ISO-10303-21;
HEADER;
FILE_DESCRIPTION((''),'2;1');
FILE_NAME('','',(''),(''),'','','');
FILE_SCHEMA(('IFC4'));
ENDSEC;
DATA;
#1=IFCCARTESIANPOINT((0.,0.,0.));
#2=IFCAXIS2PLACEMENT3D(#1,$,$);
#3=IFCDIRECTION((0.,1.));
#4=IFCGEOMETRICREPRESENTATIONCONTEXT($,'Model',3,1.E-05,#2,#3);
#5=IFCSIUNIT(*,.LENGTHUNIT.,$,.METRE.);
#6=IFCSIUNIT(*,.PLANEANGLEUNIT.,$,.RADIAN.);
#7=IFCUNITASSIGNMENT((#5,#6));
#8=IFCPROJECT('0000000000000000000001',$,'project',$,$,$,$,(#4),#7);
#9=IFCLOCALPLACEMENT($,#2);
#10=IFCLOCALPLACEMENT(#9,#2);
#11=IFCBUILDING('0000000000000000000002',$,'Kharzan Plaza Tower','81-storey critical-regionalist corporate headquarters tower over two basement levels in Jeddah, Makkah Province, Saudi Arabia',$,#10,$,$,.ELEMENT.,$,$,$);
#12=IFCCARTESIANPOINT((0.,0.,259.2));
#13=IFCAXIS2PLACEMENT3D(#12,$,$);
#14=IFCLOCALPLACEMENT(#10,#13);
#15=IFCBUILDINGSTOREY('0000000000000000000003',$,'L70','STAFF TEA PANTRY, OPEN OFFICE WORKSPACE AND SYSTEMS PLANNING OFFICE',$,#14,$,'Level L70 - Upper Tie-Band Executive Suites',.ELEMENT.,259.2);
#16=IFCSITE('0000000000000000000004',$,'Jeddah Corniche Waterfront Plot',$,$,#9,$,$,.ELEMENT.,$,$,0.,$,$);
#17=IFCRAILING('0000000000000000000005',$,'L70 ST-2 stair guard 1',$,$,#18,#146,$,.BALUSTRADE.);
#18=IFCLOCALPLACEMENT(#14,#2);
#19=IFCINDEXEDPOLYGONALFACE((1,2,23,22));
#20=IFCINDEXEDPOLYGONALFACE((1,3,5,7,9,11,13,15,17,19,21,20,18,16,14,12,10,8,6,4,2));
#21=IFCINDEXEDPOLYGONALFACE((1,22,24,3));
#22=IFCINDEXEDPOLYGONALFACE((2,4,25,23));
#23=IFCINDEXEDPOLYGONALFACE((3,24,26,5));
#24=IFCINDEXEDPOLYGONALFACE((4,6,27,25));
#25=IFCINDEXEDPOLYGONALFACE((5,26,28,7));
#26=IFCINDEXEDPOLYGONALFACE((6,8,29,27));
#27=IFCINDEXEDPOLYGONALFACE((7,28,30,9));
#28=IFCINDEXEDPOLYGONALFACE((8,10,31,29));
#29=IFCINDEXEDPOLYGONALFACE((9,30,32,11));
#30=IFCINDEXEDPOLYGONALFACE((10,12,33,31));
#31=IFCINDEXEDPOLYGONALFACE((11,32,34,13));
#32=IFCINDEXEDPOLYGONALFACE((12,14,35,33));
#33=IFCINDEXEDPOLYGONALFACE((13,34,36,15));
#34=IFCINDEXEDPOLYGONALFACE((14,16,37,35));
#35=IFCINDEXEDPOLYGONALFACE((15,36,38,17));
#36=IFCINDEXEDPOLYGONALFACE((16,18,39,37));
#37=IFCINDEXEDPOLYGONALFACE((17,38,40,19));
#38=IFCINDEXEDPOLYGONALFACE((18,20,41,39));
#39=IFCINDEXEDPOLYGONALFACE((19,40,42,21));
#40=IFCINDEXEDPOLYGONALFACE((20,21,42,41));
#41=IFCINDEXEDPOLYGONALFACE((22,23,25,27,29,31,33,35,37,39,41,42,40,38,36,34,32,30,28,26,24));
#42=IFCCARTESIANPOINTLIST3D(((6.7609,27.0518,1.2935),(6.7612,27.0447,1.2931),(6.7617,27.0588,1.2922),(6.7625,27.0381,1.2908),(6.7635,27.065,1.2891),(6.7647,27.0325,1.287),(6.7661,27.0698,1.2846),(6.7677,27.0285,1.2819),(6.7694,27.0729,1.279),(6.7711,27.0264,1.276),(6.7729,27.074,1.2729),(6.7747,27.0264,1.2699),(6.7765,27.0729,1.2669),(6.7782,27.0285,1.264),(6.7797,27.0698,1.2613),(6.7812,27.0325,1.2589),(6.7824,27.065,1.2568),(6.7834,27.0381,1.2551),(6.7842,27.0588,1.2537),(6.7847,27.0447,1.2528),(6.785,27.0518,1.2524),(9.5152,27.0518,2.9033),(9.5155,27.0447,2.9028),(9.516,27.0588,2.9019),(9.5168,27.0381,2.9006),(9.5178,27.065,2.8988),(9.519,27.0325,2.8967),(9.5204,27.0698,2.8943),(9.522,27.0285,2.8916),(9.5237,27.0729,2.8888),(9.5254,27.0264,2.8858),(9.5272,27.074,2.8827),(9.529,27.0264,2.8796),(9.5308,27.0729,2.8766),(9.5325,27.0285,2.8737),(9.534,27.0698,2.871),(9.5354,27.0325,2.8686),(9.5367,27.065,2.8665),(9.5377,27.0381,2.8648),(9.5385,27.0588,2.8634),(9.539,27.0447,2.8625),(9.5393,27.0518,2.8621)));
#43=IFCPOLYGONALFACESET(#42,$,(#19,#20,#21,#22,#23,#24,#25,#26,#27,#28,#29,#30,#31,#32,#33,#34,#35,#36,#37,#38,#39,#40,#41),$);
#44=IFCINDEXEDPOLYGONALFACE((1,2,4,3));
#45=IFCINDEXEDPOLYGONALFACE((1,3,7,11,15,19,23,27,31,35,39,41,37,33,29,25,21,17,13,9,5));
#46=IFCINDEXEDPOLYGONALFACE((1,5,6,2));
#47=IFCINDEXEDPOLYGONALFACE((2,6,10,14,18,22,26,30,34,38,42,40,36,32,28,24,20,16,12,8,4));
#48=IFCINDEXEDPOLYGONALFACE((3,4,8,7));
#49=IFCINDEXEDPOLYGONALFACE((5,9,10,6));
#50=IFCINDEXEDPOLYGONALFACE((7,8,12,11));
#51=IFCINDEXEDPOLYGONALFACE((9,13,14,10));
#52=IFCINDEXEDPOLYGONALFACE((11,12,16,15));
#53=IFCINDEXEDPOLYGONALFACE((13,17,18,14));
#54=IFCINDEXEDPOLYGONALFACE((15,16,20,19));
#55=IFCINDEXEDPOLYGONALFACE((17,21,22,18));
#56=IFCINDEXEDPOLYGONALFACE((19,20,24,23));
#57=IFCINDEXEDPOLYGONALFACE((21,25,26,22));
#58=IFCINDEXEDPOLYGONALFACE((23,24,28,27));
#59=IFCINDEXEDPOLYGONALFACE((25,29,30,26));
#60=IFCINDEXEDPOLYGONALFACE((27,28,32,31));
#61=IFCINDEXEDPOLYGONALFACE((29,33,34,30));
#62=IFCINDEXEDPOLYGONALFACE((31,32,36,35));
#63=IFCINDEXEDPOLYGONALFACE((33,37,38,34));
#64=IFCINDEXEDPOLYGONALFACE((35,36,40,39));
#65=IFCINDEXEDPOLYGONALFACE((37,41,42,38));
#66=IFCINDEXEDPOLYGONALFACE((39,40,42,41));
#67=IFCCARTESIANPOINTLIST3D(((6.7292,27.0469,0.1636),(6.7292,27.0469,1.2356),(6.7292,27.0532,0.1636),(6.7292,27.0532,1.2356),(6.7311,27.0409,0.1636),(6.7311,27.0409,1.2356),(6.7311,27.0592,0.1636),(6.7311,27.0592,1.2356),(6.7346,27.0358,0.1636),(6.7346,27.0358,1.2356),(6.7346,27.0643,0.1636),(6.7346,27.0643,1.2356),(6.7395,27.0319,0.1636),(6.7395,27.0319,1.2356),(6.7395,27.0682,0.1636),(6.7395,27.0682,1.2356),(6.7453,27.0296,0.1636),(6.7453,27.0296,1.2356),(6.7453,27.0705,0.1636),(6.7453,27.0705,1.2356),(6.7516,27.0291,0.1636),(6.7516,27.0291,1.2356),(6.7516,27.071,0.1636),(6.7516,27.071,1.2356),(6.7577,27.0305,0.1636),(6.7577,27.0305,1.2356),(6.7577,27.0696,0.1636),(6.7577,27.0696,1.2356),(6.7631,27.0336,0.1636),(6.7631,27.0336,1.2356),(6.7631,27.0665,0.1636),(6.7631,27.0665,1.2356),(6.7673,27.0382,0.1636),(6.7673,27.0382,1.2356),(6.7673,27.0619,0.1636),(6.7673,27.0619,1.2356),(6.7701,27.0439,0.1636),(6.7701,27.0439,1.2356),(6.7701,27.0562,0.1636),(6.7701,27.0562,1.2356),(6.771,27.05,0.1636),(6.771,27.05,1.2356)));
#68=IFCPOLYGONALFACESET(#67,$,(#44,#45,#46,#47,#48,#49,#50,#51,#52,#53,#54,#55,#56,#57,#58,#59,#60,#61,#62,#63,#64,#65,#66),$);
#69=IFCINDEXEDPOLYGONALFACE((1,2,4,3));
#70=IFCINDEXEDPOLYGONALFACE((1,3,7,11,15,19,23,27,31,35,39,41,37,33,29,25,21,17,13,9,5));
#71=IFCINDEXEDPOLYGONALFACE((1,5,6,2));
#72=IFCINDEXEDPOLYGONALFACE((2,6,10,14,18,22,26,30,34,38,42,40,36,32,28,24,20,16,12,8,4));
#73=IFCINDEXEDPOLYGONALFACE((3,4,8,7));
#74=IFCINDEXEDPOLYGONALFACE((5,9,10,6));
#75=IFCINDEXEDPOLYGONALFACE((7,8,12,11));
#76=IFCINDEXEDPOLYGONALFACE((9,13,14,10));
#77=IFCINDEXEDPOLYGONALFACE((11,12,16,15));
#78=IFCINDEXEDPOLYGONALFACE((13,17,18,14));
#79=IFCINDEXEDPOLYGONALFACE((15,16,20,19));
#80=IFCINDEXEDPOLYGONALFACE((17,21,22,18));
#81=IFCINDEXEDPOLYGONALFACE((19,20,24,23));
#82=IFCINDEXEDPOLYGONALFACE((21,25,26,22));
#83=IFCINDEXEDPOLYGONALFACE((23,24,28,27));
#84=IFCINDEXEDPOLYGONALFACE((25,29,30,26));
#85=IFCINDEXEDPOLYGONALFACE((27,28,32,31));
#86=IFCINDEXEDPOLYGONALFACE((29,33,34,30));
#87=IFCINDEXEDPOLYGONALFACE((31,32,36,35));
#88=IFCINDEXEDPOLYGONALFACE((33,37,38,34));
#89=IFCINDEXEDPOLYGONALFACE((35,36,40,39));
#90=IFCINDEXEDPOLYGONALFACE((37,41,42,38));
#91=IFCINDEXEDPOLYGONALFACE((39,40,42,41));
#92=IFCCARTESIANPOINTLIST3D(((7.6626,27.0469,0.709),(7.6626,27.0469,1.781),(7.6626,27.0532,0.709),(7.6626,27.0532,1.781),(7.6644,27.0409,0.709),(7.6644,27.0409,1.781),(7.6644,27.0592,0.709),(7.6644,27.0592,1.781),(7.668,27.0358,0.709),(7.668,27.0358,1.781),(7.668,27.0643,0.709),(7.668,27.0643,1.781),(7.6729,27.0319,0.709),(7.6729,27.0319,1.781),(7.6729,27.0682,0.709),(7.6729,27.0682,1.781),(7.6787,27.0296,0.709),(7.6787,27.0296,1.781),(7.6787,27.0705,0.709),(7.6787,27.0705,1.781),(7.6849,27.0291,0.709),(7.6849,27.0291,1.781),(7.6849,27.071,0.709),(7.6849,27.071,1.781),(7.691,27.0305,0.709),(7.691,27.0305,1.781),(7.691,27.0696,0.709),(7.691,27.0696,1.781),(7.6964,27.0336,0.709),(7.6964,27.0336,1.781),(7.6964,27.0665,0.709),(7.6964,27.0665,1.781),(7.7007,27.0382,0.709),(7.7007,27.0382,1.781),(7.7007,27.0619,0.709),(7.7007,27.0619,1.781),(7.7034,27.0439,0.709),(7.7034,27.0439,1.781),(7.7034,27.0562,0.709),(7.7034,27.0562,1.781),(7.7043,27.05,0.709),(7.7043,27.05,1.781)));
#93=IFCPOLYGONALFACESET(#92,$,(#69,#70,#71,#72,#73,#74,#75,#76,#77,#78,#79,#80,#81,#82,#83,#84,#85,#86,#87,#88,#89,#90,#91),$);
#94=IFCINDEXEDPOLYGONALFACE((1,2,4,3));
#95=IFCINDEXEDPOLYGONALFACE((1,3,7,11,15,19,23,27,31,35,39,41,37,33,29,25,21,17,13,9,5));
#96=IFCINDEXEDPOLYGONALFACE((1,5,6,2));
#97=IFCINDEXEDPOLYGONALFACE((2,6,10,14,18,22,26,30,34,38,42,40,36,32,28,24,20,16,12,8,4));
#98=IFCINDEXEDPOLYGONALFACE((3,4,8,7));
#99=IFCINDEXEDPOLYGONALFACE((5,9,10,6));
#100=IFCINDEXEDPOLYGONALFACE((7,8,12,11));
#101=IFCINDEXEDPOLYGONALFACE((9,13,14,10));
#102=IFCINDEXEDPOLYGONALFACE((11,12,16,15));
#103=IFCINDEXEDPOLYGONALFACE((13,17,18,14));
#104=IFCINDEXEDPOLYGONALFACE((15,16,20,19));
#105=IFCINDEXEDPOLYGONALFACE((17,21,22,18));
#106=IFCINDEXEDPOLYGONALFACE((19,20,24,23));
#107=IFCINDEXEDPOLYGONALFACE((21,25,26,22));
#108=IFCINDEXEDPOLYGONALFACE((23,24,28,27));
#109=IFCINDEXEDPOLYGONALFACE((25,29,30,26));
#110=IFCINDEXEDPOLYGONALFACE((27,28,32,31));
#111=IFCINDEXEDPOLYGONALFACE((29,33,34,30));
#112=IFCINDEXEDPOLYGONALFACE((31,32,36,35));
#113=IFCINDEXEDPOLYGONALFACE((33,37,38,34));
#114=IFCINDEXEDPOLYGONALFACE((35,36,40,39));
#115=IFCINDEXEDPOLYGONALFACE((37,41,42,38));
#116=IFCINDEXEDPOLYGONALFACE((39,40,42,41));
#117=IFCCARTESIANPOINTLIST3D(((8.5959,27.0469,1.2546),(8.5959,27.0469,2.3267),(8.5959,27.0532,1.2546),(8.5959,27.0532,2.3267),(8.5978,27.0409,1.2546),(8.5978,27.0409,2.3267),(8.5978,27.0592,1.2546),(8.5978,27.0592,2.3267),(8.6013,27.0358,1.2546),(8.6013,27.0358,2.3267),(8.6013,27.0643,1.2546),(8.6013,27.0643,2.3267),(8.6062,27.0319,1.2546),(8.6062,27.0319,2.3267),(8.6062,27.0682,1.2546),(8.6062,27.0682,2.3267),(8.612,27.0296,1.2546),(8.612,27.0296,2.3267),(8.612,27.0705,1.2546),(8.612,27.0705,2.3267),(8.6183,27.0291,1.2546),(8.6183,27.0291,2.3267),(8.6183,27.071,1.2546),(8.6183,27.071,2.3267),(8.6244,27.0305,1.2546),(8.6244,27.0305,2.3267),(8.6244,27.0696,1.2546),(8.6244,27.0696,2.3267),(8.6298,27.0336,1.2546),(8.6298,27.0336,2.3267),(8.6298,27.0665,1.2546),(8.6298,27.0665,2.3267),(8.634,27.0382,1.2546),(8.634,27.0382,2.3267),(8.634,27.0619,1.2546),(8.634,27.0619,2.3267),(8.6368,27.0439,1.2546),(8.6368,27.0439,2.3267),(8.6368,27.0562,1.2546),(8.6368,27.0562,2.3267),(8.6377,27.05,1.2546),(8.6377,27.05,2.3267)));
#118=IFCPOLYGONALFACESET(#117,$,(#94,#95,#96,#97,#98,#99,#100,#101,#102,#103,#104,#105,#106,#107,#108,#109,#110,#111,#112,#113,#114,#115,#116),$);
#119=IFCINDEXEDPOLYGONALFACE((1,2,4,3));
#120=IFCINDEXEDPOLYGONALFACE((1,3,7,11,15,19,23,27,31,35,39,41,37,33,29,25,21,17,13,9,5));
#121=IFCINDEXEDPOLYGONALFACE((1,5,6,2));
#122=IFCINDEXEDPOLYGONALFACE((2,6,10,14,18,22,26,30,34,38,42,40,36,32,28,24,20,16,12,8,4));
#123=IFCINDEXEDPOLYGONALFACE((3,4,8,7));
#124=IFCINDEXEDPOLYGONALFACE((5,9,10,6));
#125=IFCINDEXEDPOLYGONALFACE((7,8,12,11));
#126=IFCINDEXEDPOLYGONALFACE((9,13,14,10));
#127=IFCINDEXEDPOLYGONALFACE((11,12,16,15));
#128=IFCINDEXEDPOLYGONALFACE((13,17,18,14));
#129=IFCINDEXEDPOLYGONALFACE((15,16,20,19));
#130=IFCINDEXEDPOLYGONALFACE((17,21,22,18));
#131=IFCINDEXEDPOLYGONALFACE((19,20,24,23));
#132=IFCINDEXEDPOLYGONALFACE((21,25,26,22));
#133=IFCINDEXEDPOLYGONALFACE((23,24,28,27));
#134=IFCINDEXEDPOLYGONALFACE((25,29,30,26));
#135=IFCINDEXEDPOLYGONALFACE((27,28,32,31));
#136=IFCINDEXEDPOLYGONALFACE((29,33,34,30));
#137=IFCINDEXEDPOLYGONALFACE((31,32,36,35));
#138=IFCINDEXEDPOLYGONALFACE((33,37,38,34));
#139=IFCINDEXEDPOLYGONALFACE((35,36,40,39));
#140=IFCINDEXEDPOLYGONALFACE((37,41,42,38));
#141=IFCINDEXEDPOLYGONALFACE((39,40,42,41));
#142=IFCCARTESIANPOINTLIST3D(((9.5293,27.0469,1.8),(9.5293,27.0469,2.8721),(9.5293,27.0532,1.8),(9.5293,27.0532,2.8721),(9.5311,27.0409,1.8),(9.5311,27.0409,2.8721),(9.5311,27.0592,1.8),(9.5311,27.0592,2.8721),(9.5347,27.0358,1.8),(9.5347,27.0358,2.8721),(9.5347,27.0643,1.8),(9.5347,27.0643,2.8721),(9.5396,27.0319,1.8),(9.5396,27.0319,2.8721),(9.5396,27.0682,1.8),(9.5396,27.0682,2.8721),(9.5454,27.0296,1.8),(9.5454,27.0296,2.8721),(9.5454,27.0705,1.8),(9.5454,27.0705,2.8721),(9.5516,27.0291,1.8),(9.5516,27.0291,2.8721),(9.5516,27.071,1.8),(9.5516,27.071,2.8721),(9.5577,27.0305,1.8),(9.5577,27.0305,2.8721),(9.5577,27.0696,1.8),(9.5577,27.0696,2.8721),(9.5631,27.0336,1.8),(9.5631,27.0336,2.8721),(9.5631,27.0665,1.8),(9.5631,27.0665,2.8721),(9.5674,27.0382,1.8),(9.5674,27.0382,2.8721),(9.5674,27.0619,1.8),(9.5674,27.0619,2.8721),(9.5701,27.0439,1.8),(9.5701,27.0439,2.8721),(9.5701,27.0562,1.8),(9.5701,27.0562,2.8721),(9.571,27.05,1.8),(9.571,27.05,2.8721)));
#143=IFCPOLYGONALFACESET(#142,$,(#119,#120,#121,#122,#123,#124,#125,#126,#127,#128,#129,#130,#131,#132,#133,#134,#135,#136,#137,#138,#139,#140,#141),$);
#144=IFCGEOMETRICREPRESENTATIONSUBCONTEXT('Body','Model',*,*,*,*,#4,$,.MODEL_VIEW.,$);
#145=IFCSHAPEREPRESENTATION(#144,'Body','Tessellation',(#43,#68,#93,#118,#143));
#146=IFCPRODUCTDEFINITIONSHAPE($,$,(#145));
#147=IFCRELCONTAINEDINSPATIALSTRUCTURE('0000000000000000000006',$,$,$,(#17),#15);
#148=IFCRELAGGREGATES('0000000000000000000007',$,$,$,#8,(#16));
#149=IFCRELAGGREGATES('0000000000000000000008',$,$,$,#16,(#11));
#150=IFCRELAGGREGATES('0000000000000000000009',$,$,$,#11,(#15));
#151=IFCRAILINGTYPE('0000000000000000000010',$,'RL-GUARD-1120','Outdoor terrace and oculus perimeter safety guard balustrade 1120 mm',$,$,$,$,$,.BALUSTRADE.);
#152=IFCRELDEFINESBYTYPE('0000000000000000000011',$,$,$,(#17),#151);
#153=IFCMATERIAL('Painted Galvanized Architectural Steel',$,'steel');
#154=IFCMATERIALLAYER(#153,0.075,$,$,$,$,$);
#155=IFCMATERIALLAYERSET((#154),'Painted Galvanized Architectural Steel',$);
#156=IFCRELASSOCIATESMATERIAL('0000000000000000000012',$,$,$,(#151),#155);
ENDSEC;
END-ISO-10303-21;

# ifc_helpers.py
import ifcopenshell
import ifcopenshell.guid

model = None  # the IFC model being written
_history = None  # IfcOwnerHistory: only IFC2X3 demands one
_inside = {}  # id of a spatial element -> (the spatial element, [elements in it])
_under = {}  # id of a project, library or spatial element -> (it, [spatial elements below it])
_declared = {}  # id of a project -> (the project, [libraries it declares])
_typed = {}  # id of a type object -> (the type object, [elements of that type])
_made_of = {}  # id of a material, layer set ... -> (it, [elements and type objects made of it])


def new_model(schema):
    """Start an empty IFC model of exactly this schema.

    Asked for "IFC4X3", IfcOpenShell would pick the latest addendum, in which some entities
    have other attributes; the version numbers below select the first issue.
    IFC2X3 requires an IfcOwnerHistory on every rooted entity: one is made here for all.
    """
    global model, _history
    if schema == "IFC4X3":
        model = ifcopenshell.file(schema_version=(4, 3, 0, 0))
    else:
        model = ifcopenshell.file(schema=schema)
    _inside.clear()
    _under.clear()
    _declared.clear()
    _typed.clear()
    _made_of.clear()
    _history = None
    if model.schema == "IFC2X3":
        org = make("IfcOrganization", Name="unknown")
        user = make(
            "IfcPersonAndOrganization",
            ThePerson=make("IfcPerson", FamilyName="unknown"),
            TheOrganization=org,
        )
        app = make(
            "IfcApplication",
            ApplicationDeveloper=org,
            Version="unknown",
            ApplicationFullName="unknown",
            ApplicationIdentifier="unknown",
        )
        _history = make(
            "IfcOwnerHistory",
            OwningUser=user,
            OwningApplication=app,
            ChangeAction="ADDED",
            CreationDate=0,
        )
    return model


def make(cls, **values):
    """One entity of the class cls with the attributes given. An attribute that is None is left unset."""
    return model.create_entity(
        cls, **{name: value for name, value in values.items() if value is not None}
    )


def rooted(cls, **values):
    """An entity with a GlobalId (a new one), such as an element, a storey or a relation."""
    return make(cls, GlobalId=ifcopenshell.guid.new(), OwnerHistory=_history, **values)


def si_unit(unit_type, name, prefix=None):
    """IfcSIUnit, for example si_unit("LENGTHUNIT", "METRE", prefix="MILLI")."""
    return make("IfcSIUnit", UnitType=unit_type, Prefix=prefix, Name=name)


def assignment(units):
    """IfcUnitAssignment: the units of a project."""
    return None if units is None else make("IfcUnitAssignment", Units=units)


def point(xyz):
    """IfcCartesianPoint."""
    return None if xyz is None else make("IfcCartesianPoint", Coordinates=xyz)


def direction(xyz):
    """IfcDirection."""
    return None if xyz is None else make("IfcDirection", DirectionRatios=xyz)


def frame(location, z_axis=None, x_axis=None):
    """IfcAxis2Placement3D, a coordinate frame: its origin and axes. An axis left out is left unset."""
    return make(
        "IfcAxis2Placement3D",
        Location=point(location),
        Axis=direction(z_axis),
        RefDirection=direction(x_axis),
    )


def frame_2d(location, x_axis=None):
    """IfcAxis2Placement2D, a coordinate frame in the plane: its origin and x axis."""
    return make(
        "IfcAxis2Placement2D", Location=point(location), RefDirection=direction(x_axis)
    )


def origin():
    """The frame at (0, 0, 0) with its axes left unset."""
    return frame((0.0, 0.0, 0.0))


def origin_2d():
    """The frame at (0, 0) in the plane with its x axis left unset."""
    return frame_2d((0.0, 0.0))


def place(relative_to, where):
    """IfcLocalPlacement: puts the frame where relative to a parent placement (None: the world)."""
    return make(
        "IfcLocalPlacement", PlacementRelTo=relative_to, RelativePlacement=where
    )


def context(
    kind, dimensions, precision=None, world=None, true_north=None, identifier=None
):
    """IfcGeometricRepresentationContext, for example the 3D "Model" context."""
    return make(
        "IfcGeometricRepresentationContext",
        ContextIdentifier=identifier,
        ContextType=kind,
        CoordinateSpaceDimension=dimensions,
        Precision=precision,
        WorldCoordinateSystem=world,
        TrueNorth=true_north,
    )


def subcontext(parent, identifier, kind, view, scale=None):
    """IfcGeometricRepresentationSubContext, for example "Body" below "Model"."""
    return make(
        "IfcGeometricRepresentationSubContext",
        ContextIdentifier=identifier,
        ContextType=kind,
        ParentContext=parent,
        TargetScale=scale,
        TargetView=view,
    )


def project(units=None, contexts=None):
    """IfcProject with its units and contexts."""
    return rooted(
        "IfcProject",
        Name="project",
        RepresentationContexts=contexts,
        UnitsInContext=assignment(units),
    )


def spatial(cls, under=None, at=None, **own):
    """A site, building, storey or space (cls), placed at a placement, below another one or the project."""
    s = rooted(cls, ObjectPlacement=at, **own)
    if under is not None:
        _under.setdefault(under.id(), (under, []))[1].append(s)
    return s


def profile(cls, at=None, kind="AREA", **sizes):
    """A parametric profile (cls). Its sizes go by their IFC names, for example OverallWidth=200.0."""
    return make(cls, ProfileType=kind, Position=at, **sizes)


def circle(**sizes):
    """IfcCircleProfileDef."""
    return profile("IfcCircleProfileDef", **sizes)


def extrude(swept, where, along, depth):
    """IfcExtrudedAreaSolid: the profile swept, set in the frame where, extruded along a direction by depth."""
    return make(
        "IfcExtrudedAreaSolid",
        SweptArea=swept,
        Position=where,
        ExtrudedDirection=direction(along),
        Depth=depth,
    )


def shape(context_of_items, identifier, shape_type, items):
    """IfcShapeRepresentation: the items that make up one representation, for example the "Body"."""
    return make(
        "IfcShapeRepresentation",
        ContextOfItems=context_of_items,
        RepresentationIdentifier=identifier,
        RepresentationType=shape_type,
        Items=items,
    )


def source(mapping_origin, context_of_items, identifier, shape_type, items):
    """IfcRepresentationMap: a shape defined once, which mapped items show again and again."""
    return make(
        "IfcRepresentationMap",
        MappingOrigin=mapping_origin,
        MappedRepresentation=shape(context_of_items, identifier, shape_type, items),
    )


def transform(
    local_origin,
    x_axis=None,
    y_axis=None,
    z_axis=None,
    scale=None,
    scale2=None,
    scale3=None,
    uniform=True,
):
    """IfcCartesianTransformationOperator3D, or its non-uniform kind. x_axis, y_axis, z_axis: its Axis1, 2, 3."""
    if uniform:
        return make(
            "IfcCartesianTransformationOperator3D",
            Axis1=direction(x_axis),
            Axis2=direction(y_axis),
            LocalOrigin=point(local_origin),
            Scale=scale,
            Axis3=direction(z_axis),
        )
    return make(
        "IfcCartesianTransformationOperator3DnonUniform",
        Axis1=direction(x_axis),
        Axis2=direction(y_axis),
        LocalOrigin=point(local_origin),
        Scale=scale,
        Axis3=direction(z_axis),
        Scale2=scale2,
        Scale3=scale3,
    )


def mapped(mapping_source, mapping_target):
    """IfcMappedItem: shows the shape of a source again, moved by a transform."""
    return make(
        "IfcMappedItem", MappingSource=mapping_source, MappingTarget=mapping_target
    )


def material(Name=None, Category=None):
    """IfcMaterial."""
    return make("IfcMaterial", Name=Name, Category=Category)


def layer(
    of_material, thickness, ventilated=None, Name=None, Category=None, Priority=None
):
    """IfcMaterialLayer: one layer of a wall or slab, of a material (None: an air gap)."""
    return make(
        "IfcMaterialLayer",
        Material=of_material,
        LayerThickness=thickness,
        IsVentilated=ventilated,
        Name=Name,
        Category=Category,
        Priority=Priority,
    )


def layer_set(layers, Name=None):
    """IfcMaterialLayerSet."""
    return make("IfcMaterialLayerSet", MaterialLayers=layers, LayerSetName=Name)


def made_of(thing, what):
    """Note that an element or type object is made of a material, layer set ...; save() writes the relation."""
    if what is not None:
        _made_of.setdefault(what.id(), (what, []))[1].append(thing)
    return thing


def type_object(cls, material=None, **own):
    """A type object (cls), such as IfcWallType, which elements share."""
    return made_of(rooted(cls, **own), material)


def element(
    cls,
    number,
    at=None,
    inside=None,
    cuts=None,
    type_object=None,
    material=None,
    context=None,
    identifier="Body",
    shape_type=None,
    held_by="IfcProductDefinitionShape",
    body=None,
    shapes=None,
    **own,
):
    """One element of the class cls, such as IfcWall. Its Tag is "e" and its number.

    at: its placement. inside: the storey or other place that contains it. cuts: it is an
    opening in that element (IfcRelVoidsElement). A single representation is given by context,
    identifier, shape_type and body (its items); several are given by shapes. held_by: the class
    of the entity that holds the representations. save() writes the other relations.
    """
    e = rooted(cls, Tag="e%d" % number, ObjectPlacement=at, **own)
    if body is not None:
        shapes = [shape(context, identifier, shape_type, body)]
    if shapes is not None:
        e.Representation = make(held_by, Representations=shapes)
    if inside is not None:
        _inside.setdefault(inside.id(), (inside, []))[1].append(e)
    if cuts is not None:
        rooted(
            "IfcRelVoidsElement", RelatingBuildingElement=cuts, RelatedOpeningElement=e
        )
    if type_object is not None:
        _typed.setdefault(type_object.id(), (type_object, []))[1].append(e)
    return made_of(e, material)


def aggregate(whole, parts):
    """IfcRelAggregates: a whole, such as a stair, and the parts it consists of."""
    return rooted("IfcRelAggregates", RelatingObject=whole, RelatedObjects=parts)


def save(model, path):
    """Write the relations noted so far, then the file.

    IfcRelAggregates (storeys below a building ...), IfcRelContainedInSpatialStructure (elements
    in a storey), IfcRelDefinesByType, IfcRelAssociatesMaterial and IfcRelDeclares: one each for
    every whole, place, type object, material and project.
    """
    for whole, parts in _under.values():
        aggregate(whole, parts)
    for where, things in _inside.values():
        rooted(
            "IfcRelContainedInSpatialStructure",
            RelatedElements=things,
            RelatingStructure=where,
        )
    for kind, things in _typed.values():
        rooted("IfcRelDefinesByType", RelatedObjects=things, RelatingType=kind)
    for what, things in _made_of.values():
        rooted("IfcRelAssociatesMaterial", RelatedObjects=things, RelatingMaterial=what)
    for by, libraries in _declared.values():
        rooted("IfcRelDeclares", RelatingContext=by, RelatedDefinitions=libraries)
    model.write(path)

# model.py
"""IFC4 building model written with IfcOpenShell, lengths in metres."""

from ifc_helpers import new_model, si_unit, direction, frame, origin, origin_2d, place, context, subcontext, project, spatial, circle, extrude, source, transform, mapped, material, layer, layer_set, type_object, element, save


model = new_model("IFC4")

# Units and contexts
model_context = context("Model", 3, precision=1e-05, world=origin(), true_north=direction((0.0, 1.0)))
body_context = subcontext(model_context, "Body", "Model", "MODEL_VIEW")
ifc_project = project(units=[si_unit("LENGTHUNIT", "METRE"), si_unit("PLANEANGLEUNIT", "RADIAN")], contexts=[model_context])

# Site, building, storey
site_placement = place(None, origin())
site = spatial("IfcSite", under=ifc_project, at=site_placement, Name="Jeddah Corniche Waterfront Plot", CompositionType="ELEMENT", RefElevation=0.0)
building_placement = place(site_placement, origin())
building = spatial("IfcBuilding", under=site, at=building_placement, Name="Kharzan Plaza Tower", Description="81-storey critical-regionalist corporate headquarters tower over two basement levels in Jeddah, Makkah Province, Saudi Arabia", CompositionType="ELEMENT")
storey_placement = place(building_placement, frame((0.0, 0.0, 259.2)))
storey = spatial("IfcBuildingStorey", under=building, at=storey_placement, Name="L70", Description="STAFF TEA PANTRY, OPEN OFFICE WORKSPACE AND SYSTEMS PLANNING OFFICE", LongName="Level L70 - Upper Tie-Band Executive Suites", CompositionType="ELEMENT", Elevation=259.2)

# Railing
ifc_material_1 = material(Name="Painted Galvanized Architectural Steel", Category="steel")
ifc_layer_1 = layer(ifc_material_1, 0.075)
ifc_layer_set_1 = layer_set([ifc_layer_1], Name="Painted Galvanized Architectural Steel")
railing_type_1 = type_object("IfcRailingType", Name="RL-GUARD-1120", Description="Outdoor terrace and oculus perimeter safety guard balustrade 1120 mm", PredefinedType="BALUSTRADE", material=ifc_layer_set_1)
shared_shape_1 = source(origin(), body_context, "Body", "SweptSolid", [
    extrude(circle(Radius=0.0239, at=origin_2d()), frame((0.0229, 0.0, 1.1094), z_axis=(0.863361, 0.0, 0.504587), x_axis=(0.0, 1.0, 0.0)), (0.0, 0.0, 1.0), 3.1902),
    extrude(circle(Radius=0.021, at=origin_2d()), origin(), (0.0, 0.0, 1.0), 1.072),
    extrude(circle(Radius=0.021, at=origin_2d()), frame((0.9333, 0.0, 0.5454)), (0.0, 0.0, 1.0), 1.072),
    extrude(circle(Radius=0.021, at=origin_2d()), frame((1.8667, 0.0, 1.0911)), (0.0, 0.0, 1.0), 1.072),
    extrude(circle(Radius=0.021, at=origin_2d()), frame((2.8, 0.0, 1.6365)), (0.0, 0.0, 1.0), 1.072),
])
railing_1_placement = place(storey_placement, frame((6.75, 27.05, 0.1636)))
element("IfcRailing", 1, at=railing_1_placement, inside=storey, type_object=railing_type_1, Name="L70 ST-2 stair guard 1", PredefinedType="BALUSTRADE", context=body_context, shape_type="MappedRepresentation", body=[
    mapped(shared_shape_1, transform((0.0, 0.0, 0.0), x_axis=(1.0, 0.0, 0.0), y_axis=(0.0, 1.0, 0.0), z_axis=(0.0, 0.0, 1.0))),
])

save(model, "model.ifc")
